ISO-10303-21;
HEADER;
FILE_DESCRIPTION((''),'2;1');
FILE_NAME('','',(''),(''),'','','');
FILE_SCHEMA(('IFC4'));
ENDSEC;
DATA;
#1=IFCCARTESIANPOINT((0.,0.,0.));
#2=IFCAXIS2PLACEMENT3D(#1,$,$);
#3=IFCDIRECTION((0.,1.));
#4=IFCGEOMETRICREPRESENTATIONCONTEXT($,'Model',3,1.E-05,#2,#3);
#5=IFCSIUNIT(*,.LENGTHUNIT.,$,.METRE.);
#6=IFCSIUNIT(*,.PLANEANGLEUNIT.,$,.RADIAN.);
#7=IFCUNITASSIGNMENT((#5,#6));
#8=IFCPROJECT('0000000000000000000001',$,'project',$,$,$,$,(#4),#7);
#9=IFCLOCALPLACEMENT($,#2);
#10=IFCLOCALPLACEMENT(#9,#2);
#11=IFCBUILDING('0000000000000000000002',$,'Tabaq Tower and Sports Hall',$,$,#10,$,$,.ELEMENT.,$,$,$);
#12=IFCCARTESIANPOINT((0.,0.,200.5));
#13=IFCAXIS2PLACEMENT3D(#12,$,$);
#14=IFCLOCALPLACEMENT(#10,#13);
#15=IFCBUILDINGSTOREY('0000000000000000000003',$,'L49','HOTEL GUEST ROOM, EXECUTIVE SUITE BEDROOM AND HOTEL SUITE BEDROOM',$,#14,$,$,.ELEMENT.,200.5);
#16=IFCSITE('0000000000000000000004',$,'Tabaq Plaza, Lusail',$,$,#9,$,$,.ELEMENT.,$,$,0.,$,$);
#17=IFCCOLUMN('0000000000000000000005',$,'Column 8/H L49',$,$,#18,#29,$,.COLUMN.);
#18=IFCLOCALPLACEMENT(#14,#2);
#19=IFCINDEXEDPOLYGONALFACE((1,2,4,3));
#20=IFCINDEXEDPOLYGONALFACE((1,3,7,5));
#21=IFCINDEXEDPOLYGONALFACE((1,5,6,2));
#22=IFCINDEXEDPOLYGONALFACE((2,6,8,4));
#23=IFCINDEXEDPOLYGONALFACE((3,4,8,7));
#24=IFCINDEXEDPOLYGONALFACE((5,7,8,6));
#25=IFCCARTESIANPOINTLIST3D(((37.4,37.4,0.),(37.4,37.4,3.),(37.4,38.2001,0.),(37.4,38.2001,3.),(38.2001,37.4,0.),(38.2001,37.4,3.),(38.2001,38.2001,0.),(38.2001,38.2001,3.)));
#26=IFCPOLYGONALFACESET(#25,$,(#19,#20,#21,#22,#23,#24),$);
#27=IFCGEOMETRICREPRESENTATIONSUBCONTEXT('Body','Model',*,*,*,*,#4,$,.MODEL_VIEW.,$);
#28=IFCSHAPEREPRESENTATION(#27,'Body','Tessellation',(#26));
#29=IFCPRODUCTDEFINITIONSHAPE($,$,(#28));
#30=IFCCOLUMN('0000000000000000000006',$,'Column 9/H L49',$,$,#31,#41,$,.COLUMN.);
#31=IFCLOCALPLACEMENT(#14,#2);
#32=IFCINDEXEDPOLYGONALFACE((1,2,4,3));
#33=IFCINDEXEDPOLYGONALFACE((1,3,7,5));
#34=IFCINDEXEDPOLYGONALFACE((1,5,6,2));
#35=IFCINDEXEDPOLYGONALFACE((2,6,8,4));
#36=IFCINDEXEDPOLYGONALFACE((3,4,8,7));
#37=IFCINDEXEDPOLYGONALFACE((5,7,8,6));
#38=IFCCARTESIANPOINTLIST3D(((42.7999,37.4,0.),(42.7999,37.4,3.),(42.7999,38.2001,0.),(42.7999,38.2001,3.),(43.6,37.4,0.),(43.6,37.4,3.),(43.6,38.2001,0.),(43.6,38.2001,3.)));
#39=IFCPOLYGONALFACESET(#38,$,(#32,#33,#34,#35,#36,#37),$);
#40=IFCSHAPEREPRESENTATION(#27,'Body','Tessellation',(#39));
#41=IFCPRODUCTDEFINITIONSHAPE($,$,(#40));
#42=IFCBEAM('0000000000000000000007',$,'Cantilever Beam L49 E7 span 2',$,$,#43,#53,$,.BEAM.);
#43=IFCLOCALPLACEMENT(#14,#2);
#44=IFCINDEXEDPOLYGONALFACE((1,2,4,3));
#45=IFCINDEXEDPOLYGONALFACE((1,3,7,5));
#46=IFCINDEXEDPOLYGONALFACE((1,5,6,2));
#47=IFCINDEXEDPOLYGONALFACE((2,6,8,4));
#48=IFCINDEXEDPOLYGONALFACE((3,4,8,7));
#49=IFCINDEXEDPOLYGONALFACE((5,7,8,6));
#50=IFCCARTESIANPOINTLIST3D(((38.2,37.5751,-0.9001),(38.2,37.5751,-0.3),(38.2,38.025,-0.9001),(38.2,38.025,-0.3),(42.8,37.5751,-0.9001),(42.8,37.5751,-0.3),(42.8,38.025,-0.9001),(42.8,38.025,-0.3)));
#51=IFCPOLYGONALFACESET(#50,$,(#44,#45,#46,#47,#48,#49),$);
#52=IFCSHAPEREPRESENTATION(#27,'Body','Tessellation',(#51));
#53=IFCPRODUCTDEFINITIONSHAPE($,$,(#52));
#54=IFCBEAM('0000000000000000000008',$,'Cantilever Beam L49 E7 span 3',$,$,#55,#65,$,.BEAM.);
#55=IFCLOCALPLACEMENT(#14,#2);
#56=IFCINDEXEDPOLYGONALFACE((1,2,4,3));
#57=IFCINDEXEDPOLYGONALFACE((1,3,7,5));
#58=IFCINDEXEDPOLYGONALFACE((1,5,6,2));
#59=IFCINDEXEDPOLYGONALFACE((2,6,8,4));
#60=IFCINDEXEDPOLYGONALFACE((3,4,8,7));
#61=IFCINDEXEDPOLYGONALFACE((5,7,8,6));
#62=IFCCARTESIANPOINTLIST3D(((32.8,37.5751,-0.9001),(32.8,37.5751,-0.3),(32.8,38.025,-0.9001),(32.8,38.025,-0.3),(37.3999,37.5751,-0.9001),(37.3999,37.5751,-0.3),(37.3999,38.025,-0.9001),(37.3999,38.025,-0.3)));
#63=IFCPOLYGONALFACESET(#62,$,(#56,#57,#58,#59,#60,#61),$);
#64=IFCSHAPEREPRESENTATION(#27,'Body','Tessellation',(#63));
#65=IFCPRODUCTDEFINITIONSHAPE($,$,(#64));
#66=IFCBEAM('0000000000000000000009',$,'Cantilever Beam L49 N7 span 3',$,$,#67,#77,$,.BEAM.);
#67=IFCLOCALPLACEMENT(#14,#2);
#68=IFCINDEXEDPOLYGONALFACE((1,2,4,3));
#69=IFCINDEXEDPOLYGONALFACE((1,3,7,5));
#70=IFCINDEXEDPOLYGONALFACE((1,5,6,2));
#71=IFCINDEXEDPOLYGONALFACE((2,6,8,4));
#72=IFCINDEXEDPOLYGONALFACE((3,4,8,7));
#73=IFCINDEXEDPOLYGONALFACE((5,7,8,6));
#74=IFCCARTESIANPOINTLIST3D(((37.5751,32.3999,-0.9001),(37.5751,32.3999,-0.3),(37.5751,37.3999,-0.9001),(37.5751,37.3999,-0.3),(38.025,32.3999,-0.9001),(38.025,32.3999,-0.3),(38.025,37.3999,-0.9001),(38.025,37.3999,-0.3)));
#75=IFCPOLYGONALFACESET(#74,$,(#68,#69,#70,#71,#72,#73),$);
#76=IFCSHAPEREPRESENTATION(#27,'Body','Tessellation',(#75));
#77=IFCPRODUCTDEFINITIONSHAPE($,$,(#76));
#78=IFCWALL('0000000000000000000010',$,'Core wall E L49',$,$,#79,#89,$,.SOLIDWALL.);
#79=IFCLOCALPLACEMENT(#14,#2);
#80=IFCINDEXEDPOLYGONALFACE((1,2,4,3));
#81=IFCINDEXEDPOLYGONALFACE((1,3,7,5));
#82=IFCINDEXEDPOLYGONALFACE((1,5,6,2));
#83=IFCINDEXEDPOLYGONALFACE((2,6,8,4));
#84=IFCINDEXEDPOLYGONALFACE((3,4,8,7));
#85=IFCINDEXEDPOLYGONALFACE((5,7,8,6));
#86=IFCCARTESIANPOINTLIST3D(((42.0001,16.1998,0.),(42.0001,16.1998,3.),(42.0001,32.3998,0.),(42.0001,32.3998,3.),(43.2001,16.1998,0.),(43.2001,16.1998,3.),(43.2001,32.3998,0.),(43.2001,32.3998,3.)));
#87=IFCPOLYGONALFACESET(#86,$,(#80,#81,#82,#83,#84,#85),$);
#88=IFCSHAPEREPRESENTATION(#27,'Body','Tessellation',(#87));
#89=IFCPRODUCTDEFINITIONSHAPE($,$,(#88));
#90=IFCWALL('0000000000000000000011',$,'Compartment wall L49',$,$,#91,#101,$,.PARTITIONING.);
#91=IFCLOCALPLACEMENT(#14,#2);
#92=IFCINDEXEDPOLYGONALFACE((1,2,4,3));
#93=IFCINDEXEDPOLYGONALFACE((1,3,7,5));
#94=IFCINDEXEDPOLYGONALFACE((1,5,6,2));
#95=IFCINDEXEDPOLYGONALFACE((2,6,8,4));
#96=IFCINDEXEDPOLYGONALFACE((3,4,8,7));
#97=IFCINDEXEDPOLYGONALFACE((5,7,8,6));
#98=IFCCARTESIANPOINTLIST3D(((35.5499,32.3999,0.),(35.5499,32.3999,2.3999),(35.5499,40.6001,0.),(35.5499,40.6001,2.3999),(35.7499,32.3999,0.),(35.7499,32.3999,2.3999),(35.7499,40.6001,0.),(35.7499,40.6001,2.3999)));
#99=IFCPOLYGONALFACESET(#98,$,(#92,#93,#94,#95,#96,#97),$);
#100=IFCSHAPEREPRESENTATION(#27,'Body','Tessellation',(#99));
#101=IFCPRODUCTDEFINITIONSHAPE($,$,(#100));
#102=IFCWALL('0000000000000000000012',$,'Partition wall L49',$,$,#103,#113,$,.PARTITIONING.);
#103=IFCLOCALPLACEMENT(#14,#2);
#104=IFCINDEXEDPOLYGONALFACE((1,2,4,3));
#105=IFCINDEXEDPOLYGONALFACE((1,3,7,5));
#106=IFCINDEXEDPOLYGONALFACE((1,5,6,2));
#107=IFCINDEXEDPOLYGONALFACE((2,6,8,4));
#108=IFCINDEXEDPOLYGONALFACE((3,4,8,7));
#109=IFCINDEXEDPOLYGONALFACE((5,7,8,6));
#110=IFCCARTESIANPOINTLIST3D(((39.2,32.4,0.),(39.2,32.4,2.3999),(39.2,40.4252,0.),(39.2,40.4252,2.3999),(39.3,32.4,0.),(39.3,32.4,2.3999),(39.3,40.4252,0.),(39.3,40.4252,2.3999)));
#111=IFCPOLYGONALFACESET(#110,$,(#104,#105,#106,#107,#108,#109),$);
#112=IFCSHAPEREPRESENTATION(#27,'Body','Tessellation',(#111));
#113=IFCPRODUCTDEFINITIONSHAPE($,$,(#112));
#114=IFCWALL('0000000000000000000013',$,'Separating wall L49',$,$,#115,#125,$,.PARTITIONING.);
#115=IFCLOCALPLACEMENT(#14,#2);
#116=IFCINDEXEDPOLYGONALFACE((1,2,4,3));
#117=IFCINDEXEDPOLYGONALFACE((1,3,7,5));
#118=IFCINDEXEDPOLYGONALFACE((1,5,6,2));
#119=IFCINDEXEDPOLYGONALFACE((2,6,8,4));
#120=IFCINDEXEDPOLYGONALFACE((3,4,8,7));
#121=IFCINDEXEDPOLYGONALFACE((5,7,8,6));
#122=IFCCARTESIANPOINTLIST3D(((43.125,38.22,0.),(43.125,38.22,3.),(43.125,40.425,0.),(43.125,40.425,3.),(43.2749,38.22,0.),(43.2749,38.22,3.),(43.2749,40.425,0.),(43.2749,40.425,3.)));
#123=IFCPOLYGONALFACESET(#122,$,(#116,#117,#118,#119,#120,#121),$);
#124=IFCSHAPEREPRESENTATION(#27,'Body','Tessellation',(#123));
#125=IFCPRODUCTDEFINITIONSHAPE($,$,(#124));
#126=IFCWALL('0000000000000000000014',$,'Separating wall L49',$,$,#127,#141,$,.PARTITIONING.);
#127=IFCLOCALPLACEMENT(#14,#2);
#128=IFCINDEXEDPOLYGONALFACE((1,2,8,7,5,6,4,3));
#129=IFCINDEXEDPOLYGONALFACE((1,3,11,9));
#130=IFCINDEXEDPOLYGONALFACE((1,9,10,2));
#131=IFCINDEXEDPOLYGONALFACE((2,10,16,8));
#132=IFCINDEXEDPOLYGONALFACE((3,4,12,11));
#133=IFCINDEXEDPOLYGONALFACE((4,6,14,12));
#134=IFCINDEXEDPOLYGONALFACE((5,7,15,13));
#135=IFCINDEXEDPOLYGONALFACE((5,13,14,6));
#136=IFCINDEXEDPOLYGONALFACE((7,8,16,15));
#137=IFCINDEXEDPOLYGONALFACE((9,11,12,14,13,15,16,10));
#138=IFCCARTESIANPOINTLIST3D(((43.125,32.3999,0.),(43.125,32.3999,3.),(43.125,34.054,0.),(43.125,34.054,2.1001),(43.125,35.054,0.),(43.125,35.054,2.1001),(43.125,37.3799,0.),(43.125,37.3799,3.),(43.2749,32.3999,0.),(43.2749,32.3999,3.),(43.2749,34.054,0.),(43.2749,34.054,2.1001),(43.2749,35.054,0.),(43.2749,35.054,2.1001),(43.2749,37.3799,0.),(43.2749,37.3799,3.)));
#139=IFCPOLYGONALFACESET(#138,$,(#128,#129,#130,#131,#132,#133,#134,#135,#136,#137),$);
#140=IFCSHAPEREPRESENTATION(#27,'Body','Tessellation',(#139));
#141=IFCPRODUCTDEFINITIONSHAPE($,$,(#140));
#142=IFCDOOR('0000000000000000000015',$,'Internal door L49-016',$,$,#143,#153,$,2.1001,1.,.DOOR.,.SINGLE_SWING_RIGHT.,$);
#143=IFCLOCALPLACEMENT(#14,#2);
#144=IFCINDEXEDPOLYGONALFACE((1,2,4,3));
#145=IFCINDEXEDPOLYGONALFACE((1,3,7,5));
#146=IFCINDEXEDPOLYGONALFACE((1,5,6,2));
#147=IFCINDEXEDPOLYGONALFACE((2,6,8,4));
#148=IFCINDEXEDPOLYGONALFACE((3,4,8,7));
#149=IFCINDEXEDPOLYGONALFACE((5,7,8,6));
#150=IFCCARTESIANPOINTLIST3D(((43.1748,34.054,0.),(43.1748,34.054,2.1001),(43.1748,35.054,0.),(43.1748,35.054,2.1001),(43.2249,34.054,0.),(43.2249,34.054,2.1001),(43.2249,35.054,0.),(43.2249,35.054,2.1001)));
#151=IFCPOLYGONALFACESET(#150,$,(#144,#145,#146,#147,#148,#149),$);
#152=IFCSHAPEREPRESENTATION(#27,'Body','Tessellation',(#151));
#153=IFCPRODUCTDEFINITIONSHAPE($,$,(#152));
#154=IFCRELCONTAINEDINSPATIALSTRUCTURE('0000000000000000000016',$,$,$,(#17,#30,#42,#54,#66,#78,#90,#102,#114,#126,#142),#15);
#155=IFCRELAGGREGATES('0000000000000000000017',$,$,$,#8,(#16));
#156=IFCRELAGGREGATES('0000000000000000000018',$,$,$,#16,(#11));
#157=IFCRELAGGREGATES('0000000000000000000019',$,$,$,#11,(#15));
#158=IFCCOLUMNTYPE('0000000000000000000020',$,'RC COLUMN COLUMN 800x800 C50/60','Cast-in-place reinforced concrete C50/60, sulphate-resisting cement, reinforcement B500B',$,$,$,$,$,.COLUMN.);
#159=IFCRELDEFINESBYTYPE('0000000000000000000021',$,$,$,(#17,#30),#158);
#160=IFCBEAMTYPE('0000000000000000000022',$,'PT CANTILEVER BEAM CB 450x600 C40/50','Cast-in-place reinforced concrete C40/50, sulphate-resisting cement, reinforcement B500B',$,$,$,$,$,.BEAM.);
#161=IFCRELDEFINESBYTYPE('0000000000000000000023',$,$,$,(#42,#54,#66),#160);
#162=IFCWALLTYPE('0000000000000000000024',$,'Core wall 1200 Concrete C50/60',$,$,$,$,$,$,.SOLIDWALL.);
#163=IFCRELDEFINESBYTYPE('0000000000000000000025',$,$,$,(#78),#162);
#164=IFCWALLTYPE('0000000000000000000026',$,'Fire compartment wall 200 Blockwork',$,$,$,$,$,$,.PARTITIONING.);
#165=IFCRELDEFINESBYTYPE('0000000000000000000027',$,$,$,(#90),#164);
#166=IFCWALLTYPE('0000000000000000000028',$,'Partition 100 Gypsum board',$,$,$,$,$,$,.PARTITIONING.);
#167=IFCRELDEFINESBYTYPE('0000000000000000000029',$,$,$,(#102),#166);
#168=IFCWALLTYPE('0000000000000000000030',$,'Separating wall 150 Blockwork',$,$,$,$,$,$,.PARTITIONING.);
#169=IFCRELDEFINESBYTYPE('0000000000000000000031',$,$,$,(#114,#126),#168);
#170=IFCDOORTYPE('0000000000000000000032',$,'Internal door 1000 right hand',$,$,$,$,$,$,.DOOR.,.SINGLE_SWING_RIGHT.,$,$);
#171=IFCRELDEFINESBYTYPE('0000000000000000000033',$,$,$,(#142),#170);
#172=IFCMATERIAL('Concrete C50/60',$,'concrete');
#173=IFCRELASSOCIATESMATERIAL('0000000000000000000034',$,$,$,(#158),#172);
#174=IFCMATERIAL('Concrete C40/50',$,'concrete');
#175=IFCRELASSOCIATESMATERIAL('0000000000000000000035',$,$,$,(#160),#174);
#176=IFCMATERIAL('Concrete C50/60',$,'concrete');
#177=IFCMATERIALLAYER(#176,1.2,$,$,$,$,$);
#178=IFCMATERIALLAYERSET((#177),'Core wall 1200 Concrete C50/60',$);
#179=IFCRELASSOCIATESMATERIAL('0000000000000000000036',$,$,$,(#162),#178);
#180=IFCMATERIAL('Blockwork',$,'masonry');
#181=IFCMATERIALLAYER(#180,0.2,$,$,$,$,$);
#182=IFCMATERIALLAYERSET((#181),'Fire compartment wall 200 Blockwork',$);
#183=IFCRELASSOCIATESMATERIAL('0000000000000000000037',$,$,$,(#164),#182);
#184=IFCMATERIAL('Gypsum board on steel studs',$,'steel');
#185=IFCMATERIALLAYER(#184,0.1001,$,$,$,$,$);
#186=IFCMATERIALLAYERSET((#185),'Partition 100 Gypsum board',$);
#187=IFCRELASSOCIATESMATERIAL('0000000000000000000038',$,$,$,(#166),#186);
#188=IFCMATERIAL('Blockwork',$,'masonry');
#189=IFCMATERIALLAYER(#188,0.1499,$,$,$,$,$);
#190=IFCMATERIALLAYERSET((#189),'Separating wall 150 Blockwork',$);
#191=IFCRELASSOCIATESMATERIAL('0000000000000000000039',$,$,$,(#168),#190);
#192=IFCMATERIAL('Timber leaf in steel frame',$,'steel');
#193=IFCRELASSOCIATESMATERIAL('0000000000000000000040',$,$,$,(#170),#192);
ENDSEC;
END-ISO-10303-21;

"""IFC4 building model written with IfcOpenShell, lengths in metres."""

from ifc_helpers import new_model, si_unit, direction, frame, frame_2d, origin, origin_2d, place, context, subcontext, project, spatial, rectangle, extrude, material, layer, layer_set, material_profile, profile_set, type_object, element, fill, save


model = new_model("IFC4")

# Units and contexts
model_context = context("Model", 3, precision=1e-05, world=origin(), true_north=direction((0.0, 1.0)))
body_context = subcontext(model_context, "Body", "Model", "MODEL_VIEW")
ifc_project = project(units=[si_unit("LENGTHUNIT", "METRE"), si_unit("PLANEANGLEUNIT", "RADIAN")], contexts=[model_context])

# Site, building, storey
site_placement = place(None, origin())
site = spatial("IfcSite", under=ifc_project, at=site_placement, Name="Tabaq Plaza, Lusail", CompositionType="ELEMENT", RefElevation=0.0)
building_placement = place(site_placement, origin())
building = spatial("IfcBuilding", under=site, at=building_placement, Name="Tabaq Tower and Sports Hall", CompositionType="ELEMENT")
storey_placement = place(building_placement, frame((0.0, 0.0, 200.5)))
storey = spatial("IfcBuildingStorey", under=building, at=storey_placement, Name="L49", Description="HOTEL GUEST ROOM, EXECUTIVE SUITE BEDROOM AND HOTEL SUITE BEDROOM", CompositionType="ELEMENT", Elevation=200.5)

# Columns
ifc_material_1 = material(Name="Concrete C50/60", Category="concrete")
ifc_material_profile_1 = material_profile(ifc_material_1, rectangle(XDim=0.8, YDim=0.8, at=origin_2d()), Name="COLUMN 800x800")
ifc_profile_set_1 = profile_set([ifc_material_profile_1], Name="Concrete C50/60")
column_type = type_object("IfcColumnType", Name="RC COLUMN COLUMN 800x800 C50/60", Description="Cast-in-place reinforced concrete C50/60, sulphate-resisting cement, reinforcement B500B", PredefinedType="COLUMN", material=ifc_profile_set_1)
for number, where, z_axis, x_axis, name in (
    (1, (37.8, 37.8, 0.0), (0.0, 0.0, 1.0), (1.0, 0.0, 0.0), "Column 8/H L49"),
    (2, (43.2, 37.8, 0.0), (0.0, 0.0, 1.0), (1.0, 0.0, 0.0), "Column 9/H L49"),
):
    element("IfcColumn", number, at=place(storey_placement, frame(where, z_axis=z_axis, x_axis=x_axis)), inside=storey, type_object=column_type, Name=name, PredefinedType="COLUMN", context=body_context, shape_type="SweptSolid", body=[
        extrude(rectangle(XDim=0.8, YDim=0.8, at=origin_2d()), origin(), (0.0, 0.0, 1.0), 3.0),
    ])

# Beams
ifc_material_2 = material(Name="Concrete C40/50", Category="concrete")
ifc_material_profile_2 = material_profile(ifc_material_2, rectangle(XDim=0.45, YDim=0.6001, at=origin_2d()), Name="CB 450x600")
ifc_profile_set_2 = profile_set([ifc_material_profile_2], Name="Concrete C40/50")
beam_type = type_object("IfcBeamType", Name="PT CANTILEVER BEAM CB 450x600 C40/50", Description="Cast-in-place reinforced concrete C40/50, sulphate-resisting cement, reinforcement B500B", PredefinedType="BEAM", material=ifc_profile_set_2)
beam_1_placement = place(storey_placement, frame((42.8, 37.8, -0.6001), z_axis=(-1.0, 0.0, 0.0), x_axis=(0.0, -1.0, 0.0)))
element("IfcBeam", 3, at=beam_1_placement, inside=storey, type_object=beam_type, Name="Cantilever Beam L49 E7 span 2", PredefinedType="BEAM", context=body_context, shape_type="SweptSolid", body=[
    extrude(rectangle(XDim=0.45, YDim=0.6001, at=origin_2d()), origin(), (0.0, 0.0, 1.0), 4.6001),
])
beam_2_placement = place(storey_placement, frame((37.3999, 37.8, -0.6001), z_axis=(-1.0, 0.0, 0.0), x_axis=(0.0, -1.0, 0.0)))
element("IfcBeam", 4, at=beam_2_placement, inside=storey, type_object=beam_type, Name="Cantilever Beam L49 E7 span 3", PredefinedType="BEAM", context=body_context, shape_type="SweptSolid", body=[
    extrude(rectangle(XDim=0.45, YDim=0.6001, at=origin_2d()), origin(), (0.0, 0.0, 1.0), 4.5999),
])
beam_3_placement = place(storey_placement, frame((37.8, 37.3999, -0.6001), z_axis=(0.0, -1.0, 0.0), x_axis=(1.0, 0.0, 0.0)))
element("IfcBeam", 5, at=beam_3_placement, inside=storey, type_object=beam_type, Name="Cantilever Beam L49 N7 span 3", PredefinedType="BEAM", context=body_context, shape_type="SweptSolid", body=[
    extrude(rectangle(XDim=0.45, YDim=0.6001, at=origin_2d()), origin(), (0.0, 0.0, 1.0), 5.0),
])

# Walls
ifc_material_3 = material(Name="Concrete C50/60", Category="concrete")
ifc_layer_1 = layer(ifc_material_3, 1.2)
ifc_layer_set_1 = layer_set([ifc_layer_1], Name="Core wall 1200 Concrete C50/60")
wall_type_1 = type_object("IfcWallType", Name="Core wall 1200 Concrete C50/60", PredefinedType="SOLIDWALL", material=ifc_layer_set_1)
wall_1_placement = place(storey_placement, frame((42.6001, 32.3999, 0.0), z_axis=(0.0, 0.0, 1.0), x_axis=(0.0, -1.0, 0.0)))
element("IfcWall", 6, at=wall_1_placement, inside=storey, type_object=wall_type_1, Name="Core wall E L49", PredefinedType="SOLIDWALL", context=body_context, shape_type="SweptSolid", body=[
    extrude(rectangle(XDim=16.2, YDim=1.2, at=frame_2d((8.1001, 0.0))), origin(), (0.0, 0.0, 1.0), 3.0),
])
ifc_material_4 = material(Name="Blockwork", Category="masonry")
ifc_layer_2 = layer(ifc_material_4, 0.2)
ifc_layer_set_2 = layer_set([ifc_layer_2], Name="Fire compartment wall 200 Blockwork")
wall_type_2 = type_object("IfcWallType", Name="Fire compartment wall 200 Blockwork", PredefinedType="PARTITIONING", material=ifc_layer_set_2)
wall_2_placement = place(storey_placement, frame((35.6499, 40.6001, 0.0), z_axis=(0.0, 0.0, 1.0), x_axis=(0.0, -1.0, 0.0)))
element("IfcWall", 7, at=wall_2_placement, inside=storey, type_object=wall_type_2, Name="Compartment wall L49", PredefinedType="PARTITIONING", context=body_context, shape_type="SweptSolid", body=[
    extrude(rectangle(XDim=8.2002, YDim=0.2, at=frame_2d((4.1001, 0.0))), origin(), (0.0, 0.0, 1.0), 2.3999),
])
ifc_material_5 = material(Name="Gypsum board on steel studs", Category="steel")
ifc_layer_3 = layer(ifc_material_5, 0.1001)
ifc_layer_set_3 = layer_set([ifc_layer_3], Name="Partition 100 Gypsum board")
wall_type_3 = type_object("IfcWallType", Name="Partition 100 Gypsum board", PredefinedType="PARTITIONING", material=ifc_layer_set_3)
wall_3_placement = place(storey_placement, frame((39.25, 32.3999, 0.0), z_axis=(0.0, 0.0, 1.0), x_axis=(0.0, 1.0, 0.0)))
element("IfcWall", 8, at=wall_3_placement, inside=storey, type_object=wall_type_3, Name="Partition wall L49", PredefinedType="PARTITIONING", context=body_context, shape_type="SweptSolid", body=[
    extrude(rectangle(XDim=8.0251, YDim=0.1001, at=frame_2d((4.0127, 0.0))), origin(), (0.0, 0.0, 1.0), 2.3999),
])
ifc_material_6 = material(Name="Blockwork", Category="masonry")
ifc_layer_4 = layer(ifc_material_6, 0.1499)
ifc_layer_set_4 = layer_set([ifc_layer_4], Name="Separating wall 150 Blockwork")
wall_type_4 = type_object("IfcWallType", Name="Separating wall 150 Blockwork", PredefinedType="PARTITIONING", material=ifc_layer_set_4)
wall_4_placement = place(storey_placement, frame((43.2, 40.425, 0.0), z_axis=(0.0, 0.0, 1.0), x_axis=(0.0, -1.0, 0.0)))
element("IfcWall", 9, at=wall_4_placement, inside=storey, type_object=wall_type_4, Name="Separating wall L49", PredefinedType="PARTITIONING", context=body_context, shape_type="SweptSolid", body=[
    extrude(rectangle(XDim=2.2051, YDim=0.1499, at=frame_2d((1.1025, 0.0))), origin(), (0.0, 0.0, 1.0), 3.0),
])

# Wall, opening, door
wall_5_placement = place(storey_placement, frame((43.2, 37.3799, 0.0), z_axis=(0.0, 0.0, 1.0), x_axis=(0.0, -1.0, 0.0)))
wall_5 = element("IfcWall", 10, at=wall_5_placement, inside=storey, type_object=wall_type_4, Name="Separating wall L49", PredefinedType="PARTITIONING", context=body_context, shape_type="SweptSolid", body=[
    extrude(rectangle(XDim=4.98, YDim=0.1499, at=frame_2d((2.49, 0.0))), origin(), (0.0, 0.0, 1.0), 3.0),
])
opening_placement = place(wall_5_placement, frame((2.3259, 0.0, 0.0)))
opening = element("IfcOpeningElement", 11, at=opening_placement, cuts=wall_5, PredefinedType="OPENING", context=body_context, shape_type="SweptSolid", body=[
    extrude(rectangle(XDim=1.0, YDim=2.1001, at=frame_2d((0.5, 1.05))), frame((0.0, 0.075, 0.0), z_axis=(0.0, -1.0, 0.0), x_axis=(1.0, 0.0, 0.0)), (0.0, 0.0, 1.0), 0.1499),
])
ifc_material_7 = material(Name="Timber leaf in steel frame", Category="steel")
door_type = type_object("IfcDoorType", Name="Internal door 1000 right hand", OperationType="SINGLE_SWING_RIGHT", PredefinedType="DOOR", material=ifc_material_7)
door_placement = place(opening_placement, origin())
door = element("IfcDoor", 12, at=door_placement, inside=storey, type_object=door_type, Name="Internal door L49-016", OperationType="SINGLE_SWING_RIGHT", OverallHeight=2.1001, OverallWidth=1.0, PredefinedType="DOOR", context=body_context, shape_type="SweptSolid", body=[
    extrude(rectangle(XDim=1.0, YDim=2.1001, at=frame_2d((0.5, 1.05))), frame((0.0, 0.0249, 0.0), z_axis=(0.0, -1.0, 0.0), x_axis=(1.0, 0.0, 0.0)), (0.0, 0.0, 1.0), 0.05),
])
fill(opening, door)

save(model, "model.ifc")
